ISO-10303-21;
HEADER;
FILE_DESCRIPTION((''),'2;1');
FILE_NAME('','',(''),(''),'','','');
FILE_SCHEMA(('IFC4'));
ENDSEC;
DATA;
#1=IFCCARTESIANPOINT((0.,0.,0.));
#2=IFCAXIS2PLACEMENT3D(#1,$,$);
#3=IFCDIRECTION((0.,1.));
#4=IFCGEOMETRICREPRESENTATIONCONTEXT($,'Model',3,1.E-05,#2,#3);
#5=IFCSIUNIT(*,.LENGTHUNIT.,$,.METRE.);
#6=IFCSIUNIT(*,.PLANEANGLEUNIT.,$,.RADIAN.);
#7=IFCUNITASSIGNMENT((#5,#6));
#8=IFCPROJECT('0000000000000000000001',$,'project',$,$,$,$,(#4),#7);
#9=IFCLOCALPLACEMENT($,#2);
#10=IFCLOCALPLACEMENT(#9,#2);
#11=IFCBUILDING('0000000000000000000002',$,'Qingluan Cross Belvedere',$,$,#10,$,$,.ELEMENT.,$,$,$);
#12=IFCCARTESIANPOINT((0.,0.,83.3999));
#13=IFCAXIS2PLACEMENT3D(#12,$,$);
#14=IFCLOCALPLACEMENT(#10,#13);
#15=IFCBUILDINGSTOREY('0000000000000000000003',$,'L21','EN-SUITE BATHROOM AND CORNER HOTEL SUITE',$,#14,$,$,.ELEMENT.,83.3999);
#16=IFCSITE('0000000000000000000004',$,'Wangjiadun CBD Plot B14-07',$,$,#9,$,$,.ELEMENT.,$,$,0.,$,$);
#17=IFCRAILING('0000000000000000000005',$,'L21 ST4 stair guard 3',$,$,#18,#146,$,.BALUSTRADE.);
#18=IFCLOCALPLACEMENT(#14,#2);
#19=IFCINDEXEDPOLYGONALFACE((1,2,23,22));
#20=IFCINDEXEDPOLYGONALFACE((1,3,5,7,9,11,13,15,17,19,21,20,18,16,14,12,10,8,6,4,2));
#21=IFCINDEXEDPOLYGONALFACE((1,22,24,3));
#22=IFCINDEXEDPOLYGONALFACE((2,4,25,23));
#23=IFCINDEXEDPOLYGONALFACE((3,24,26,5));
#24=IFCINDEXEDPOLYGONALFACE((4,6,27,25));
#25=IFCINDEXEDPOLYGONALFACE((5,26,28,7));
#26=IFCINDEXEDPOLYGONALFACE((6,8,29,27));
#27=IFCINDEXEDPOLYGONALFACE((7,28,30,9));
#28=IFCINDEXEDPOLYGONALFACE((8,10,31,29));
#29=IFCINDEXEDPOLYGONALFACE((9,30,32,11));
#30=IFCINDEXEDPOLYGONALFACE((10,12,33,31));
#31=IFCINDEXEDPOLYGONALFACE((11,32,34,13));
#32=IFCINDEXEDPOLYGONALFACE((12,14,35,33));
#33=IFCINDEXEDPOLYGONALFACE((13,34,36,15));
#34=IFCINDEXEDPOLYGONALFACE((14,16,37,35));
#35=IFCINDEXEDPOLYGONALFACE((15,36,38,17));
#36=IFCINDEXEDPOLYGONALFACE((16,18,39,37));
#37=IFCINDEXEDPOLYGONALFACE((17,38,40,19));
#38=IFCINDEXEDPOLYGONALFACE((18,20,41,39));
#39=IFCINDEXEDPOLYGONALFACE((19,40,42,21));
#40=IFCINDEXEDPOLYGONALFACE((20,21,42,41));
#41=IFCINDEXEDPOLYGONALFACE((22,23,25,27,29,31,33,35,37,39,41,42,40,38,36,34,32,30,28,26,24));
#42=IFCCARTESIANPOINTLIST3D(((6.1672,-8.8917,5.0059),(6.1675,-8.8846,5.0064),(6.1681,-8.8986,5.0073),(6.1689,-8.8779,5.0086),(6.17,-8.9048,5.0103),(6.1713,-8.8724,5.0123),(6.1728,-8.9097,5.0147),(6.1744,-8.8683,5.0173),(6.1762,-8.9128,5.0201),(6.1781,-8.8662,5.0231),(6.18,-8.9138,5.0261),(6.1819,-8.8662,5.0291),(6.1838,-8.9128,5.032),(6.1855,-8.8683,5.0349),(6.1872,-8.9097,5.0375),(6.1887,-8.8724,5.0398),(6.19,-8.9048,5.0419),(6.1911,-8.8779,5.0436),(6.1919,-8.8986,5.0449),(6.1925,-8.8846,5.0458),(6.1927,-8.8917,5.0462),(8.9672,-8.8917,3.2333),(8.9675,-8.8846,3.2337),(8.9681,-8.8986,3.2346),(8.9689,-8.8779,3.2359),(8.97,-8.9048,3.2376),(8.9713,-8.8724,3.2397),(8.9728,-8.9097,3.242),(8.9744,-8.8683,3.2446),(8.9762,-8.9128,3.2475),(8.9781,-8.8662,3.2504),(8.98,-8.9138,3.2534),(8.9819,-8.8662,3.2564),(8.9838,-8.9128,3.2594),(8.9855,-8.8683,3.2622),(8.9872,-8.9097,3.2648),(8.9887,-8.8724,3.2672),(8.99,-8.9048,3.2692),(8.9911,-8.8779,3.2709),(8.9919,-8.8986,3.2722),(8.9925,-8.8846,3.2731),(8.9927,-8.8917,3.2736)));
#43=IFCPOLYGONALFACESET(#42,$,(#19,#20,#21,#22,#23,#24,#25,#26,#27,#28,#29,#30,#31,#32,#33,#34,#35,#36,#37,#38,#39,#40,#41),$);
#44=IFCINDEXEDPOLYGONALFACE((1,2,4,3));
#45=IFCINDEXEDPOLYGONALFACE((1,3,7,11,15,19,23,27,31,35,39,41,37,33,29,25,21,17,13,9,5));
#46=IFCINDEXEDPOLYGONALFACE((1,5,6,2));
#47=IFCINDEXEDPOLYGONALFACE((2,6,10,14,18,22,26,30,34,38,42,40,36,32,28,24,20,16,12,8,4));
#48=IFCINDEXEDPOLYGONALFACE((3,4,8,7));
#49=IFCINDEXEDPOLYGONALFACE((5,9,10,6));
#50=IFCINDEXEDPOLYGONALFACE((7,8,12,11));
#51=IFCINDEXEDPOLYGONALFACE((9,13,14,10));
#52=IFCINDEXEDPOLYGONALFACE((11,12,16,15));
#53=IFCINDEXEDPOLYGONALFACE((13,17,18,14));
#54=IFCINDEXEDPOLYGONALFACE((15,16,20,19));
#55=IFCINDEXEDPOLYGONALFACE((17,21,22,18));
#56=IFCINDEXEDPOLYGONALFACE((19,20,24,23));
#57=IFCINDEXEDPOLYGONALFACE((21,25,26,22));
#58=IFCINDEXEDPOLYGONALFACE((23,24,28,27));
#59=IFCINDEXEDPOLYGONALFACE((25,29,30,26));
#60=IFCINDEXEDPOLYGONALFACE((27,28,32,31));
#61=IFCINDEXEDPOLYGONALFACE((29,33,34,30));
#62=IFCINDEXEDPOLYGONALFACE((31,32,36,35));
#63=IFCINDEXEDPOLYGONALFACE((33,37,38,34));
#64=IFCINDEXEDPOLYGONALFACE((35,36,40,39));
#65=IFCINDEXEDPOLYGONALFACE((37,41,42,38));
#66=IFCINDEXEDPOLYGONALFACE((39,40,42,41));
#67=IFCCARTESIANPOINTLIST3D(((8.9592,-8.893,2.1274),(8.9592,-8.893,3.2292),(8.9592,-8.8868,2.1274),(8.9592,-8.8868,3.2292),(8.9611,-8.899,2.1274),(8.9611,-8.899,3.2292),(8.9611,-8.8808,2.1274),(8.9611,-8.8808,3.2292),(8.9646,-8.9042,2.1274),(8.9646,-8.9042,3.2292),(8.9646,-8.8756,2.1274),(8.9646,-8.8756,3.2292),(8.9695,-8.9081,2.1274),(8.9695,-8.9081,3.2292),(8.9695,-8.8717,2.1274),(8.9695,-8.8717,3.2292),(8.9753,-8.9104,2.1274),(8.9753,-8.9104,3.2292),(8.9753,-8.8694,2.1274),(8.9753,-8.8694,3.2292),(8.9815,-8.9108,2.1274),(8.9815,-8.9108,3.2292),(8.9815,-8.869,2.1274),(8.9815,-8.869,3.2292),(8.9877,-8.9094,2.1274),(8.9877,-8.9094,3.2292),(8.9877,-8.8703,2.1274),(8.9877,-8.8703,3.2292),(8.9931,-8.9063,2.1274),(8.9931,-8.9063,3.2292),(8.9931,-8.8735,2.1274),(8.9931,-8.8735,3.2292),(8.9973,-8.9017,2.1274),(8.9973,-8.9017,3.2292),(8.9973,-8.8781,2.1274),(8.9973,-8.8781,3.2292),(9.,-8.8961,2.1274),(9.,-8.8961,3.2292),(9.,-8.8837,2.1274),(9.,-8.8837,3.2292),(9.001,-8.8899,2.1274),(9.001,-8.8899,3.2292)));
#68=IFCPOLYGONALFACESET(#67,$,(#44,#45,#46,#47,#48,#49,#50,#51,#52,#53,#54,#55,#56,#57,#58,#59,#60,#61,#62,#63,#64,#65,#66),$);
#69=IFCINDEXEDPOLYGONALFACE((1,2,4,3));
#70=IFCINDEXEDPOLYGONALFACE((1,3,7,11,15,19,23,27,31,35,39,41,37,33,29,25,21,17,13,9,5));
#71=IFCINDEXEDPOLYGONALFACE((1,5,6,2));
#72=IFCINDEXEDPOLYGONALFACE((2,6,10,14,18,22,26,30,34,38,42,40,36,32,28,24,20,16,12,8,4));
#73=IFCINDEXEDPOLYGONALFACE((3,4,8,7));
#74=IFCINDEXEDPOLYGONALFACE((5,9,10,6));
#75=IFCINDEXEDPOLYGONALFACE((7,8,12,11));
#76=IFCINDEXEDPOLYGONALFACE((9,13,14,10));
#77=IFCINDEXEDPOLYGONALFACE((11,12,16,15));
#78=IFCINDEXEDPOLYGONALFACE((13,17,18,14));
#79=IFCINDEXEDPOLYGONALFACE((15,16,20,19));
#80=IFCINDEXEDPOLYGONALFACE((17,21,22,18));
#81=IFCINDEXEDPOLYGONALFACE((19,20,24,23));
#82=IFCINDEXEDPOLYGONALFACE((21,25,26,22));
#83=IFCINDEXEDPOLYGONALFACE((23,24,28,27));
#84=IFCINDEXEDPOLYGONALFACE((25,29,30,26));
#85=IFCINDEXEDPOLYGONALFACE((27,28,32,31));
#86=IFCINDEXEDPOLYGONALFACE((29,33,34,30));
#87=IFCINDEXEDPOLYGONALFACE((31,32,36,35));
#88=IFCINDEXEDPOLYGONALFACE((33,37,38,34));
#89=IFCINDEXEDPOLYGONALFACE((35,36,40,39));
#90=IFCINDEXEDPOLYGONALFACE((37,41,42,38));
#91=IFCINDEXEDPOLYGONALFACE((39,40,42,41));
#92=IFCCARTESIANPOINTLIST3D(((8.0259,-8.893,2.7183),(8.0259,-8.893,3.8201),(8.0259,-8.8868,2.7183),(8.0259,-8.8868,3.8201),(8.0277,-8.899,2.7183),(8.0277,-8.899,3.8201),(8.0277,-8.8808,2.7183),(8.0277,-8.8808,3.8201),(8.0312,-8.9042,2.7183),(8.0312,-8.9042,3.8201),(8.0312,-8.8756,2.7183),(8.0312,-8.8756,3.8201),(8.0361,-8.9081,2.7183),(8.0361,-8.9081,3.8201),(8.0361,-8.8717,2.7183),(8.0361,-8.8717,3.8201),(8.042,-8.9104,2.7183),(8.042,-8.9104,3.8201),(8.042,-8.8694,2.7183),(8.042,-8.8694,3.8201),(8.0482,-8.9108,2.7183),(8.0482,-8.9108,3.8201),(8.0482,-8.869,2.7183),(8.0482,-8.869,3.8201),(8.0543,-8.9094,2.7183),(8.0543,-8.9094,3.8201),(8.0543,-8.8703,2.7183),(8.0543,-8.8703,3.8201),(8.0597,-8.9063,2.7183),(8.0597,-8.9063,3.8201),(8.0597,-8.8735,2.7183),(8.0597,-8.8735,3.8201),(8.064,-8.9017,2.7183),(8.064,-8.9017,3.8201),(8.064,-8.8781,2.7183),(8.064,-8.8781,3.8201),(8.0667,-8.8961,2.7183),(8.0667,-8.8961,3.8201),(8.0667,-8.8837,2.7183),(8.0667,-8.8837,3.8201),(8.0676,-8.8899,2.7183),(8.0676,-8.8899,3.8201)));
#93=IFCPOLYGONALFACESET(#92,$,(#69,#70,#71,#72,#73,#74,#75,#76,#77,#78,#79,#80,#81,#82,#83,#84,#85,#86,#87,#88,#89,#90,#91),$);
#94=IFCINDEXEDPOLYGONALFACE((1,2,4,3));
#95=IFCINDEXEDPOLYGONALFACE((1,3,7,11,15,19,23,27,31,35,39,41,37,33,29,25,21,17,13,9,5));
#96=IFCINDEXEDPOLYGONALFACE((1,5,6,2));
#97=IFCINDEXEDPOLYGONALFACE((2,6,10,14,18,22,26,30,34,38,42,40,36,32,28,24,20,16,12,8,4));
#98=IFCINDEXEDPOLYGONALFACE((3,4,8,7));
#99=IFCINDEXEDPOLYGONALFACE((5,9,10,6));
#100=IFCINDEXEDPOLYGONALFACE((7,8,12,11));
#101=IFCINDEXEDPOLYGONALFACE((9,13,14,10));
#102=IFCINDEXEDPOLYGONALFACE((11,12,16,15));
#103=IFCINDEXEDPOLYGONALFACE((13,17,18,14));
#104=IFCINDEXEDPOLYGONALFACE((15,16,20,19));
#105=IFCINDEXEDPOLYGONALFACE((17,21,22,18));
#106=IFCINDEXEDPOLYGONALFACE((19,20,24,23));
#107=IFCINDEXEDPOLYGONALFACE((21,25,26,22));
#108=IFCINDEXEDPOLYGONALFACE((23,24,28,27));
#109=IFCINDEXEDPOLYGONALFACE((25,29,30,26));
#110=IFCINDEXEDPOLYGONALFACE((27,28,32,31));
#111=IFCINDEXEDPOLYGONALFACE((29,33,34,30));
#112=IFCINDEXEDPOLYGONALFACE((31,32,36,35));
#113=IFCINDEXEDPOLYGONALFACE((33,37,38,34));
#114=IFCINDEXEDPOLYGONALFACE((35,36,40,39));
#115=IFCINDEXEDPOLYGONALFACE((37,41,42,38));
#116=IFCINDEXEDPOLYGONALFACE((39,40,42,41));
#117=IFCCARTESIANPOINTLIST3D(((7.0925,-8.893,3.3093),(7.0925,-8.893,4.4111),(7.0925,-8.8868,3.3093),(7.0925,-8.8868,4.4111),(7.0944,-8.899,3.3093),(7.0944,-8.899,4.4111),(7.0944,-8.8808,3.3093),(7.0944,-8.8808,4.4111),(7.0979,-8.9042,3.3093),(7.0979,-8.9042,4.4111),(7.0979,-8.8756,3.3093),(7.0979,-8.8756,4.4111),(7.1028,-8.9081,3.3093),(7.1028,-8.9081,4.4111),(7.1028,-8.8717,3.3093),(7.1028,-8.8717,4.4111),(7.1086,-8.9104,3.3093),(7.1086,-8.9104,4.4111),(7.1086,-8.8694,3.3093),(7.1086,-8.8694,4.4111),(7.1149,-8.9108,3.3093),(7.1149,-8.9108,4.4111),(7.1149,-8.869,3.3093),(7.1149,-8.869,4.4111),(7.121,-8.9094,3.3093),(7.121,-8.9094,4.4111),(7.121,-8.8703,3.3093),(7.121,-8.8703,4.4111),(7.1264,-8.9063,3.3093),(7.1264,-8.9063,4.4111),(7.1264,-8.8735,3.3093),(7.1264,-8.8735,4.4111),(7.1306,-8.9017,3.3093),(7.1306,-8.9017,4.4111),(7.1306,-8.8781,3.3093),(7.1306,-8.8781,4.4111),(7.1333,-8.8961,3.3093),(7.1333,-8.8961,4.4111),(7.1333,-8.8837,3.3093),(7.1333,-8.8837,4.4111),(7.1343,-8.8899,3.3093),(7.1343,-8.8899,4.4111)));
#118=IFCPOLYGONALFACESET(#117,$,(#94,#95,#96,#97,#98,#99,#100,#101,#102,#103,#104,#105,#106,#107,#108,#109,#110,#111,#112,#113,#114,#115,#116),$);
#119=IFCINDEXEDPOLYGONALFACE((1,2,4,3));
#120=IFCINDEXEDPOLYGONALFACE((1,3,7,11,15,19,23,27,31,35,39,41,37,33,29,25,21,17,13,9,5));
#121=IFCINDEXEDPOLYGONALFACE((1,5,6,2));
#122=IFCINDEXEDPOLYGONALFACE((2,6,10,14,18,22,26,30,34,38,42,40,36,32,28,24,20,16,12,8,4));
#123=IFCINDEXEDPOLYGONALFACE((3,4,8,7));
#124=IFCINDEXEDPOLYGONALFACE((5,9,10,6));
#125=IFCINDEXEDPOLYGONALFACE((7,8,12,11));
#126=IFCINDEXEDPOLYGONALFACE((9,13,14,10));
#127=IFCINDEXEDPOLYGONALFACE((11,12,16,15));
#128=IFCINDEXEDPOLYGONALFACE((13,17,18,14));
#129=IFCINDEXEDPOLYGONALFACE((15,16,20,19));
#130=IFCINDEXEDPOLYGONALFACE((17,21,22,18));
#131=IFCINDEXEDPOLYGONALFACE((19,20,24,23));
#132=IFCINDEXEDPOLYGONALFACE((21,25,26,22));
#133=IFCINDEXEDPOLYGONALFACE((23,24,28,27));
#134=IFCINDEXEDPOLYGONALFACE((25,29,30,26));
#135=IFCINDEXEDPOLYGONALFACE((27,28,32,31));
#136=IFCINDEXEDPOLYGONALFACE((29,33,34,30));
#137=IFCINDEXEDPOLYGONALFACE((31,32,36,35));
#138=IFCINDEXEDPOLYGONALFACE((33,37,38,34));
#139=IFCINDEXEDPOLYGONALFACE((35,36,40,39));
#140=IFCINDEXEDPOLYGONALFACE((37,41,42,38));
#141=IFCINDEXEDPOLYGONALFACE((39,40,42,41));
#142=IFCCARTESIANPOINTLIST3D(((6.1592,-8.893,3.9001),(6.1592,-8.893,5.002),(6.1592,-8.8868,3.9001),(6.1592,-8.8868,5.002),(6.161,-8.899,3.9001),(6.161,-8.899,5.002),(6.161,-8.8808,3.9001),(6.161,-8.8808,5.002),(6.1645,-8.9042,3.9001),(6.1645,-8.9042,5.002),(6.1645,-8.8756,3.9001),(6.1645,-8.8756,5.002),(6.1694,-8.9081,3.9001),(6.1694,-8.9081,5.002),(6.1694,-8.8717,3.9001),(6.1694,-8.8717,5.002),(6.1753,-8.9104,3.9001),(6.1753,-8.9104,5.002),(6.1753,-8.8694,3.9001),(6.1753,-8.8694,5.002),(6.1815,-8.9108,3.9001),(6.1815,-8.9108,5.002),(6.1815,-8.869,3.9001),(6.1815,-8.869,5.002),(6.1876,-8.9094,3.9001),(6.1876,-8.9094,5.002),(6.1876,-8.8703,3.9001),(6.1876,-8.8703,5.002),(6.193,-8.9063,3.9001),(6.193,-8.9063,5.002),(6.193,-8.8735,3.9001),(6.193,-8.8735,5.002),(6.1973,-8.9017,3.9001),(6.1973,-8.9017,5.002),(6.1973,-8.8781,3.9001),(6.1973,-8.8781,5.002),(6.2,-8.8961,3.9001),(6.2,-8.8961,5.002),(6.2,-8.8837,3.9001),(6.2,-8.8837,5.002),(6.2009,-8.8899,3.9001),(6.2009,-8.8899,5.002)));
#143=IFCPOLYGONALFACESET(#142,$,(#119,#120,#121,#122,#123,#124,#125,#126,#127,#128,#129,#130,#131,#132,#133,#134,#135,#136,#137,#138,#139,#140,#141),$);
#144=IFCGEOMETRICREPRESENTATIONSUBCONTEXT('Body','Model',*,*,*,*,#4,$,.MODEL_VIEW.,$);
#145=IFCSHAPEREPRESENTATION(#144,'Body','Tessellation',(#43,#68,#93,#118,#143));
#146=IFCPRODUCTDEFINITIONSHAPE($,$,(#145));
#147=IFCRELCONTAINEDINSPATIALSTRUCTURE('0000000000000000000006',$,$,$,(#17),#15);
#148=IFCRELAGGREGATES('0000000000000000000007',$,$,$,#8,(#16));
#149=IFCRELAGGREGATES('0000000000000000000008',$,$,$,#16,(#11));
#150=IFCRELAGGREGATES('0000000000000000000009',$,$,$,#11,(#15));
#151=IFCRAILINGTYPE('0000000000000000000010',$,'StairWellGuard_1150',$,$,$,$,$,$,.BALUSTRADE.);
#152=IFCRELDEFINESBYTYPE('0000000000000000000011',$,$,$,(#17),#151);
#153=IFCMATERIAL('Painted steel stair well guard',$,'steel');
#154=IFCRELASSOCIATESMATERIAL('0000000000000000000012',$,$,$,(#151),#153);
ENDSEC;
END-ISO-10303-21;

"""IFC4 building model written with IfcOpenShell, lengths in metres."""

from ifc_helpers import new_model, si_unit, direction, frame, origin, origin_2d, place, context, subcontext, project, spatial, circle, extrude, material, type_object, element, save


model = new_model("IFC4")

# Units and contexts
model_context = context("Model", 3, precision=1e-05, world=origin(), true_north=direction((0.0, 1.0)))
body_context = subcontext(model_context, "Body", "Model", "MODEL_VIEW")
ifc_project = project(units=[si_unit("LENGTHUNIT", "METRE"), si_unit("PLANEANGLEUNIT", "RADIAN")], contexts=[model_context])

# Site, building, storey
site_placement = place(None, origin())
site = spatial("IfcSite", under=ifc_project, at=site_placement, Name="Wangjiadun CBD Plot B14-07", CompositionType="ELEMENT", RefElevation=0.0)
building_placement = place(site_placement, origin())
building = spatial("IfcBuilding", under=site, at=building_placement, Name="Qingluan Cross Belvedere", CompositionType="ELEMENT")
storey_placement = place(building_placement, frame((0.0, 0.0, 83.3999)))
storey = spatial("IfcBuildingStorey", under=building, at=storey_placement, Name="L21", Description="EN-SUITE BATHROOM AND CORNER HOTEL SUITE", CompositionType="ELEMENT", Elevation=83.3999)

# Railing
ifc_material_1 = material(Name="Painted steel stair well guard", Category="steel")
railing_type_1 = type_object("IfcRailingType", Name="StairWellGuard_1150", PredefinedType="BALUSTRADE", material=ifc_material_1)
railing_1_placement = place(storey_placement, frame((8.98, -8.8899, 2.1274)))
element("IfcRailing", 1, at=railing_1_placement, inside=storey, type_object=railing_type_1, Name="L21 ST4 stair guard 3", PredefinedType="BALUSTRADE", context=body_context, shape_type="SweptSolid", body=[
    extrude(circle(Radius=0.0239, at=origin_2d()), frame((0.0, 0.0, 1.126), z_axis=(-0.844909, 0.0, 0.53491), x_axis=(0.0, -1.0, 0.0)), (0.0, 0.0, 1.0), 3.314),
    extrude(circle(Radius=0.021, at=origin_2d()), origin(), (0.0, 0.0, 1.0), 1.1018),
    extrude(circle(Radius=0.021, at=origin_2d()), frame((-0.9333, 0.0, 0.5908)), (0.0, 0.0, 1.0), 1.1018),
    extrude(circle(Radius=0.021, at=origin_2d()), frame((-1.8667, 0.0, 1.1819)), (0.0, 0.0, 1.0), 1.1018),
    extrude(circle(Radius=0.021, at=origin_2d()), frame((-2.8, 0.0, 1.7727)), (0.0, 0.0, 1.0), 1.1018),
])

save(model, "model.ifc")
